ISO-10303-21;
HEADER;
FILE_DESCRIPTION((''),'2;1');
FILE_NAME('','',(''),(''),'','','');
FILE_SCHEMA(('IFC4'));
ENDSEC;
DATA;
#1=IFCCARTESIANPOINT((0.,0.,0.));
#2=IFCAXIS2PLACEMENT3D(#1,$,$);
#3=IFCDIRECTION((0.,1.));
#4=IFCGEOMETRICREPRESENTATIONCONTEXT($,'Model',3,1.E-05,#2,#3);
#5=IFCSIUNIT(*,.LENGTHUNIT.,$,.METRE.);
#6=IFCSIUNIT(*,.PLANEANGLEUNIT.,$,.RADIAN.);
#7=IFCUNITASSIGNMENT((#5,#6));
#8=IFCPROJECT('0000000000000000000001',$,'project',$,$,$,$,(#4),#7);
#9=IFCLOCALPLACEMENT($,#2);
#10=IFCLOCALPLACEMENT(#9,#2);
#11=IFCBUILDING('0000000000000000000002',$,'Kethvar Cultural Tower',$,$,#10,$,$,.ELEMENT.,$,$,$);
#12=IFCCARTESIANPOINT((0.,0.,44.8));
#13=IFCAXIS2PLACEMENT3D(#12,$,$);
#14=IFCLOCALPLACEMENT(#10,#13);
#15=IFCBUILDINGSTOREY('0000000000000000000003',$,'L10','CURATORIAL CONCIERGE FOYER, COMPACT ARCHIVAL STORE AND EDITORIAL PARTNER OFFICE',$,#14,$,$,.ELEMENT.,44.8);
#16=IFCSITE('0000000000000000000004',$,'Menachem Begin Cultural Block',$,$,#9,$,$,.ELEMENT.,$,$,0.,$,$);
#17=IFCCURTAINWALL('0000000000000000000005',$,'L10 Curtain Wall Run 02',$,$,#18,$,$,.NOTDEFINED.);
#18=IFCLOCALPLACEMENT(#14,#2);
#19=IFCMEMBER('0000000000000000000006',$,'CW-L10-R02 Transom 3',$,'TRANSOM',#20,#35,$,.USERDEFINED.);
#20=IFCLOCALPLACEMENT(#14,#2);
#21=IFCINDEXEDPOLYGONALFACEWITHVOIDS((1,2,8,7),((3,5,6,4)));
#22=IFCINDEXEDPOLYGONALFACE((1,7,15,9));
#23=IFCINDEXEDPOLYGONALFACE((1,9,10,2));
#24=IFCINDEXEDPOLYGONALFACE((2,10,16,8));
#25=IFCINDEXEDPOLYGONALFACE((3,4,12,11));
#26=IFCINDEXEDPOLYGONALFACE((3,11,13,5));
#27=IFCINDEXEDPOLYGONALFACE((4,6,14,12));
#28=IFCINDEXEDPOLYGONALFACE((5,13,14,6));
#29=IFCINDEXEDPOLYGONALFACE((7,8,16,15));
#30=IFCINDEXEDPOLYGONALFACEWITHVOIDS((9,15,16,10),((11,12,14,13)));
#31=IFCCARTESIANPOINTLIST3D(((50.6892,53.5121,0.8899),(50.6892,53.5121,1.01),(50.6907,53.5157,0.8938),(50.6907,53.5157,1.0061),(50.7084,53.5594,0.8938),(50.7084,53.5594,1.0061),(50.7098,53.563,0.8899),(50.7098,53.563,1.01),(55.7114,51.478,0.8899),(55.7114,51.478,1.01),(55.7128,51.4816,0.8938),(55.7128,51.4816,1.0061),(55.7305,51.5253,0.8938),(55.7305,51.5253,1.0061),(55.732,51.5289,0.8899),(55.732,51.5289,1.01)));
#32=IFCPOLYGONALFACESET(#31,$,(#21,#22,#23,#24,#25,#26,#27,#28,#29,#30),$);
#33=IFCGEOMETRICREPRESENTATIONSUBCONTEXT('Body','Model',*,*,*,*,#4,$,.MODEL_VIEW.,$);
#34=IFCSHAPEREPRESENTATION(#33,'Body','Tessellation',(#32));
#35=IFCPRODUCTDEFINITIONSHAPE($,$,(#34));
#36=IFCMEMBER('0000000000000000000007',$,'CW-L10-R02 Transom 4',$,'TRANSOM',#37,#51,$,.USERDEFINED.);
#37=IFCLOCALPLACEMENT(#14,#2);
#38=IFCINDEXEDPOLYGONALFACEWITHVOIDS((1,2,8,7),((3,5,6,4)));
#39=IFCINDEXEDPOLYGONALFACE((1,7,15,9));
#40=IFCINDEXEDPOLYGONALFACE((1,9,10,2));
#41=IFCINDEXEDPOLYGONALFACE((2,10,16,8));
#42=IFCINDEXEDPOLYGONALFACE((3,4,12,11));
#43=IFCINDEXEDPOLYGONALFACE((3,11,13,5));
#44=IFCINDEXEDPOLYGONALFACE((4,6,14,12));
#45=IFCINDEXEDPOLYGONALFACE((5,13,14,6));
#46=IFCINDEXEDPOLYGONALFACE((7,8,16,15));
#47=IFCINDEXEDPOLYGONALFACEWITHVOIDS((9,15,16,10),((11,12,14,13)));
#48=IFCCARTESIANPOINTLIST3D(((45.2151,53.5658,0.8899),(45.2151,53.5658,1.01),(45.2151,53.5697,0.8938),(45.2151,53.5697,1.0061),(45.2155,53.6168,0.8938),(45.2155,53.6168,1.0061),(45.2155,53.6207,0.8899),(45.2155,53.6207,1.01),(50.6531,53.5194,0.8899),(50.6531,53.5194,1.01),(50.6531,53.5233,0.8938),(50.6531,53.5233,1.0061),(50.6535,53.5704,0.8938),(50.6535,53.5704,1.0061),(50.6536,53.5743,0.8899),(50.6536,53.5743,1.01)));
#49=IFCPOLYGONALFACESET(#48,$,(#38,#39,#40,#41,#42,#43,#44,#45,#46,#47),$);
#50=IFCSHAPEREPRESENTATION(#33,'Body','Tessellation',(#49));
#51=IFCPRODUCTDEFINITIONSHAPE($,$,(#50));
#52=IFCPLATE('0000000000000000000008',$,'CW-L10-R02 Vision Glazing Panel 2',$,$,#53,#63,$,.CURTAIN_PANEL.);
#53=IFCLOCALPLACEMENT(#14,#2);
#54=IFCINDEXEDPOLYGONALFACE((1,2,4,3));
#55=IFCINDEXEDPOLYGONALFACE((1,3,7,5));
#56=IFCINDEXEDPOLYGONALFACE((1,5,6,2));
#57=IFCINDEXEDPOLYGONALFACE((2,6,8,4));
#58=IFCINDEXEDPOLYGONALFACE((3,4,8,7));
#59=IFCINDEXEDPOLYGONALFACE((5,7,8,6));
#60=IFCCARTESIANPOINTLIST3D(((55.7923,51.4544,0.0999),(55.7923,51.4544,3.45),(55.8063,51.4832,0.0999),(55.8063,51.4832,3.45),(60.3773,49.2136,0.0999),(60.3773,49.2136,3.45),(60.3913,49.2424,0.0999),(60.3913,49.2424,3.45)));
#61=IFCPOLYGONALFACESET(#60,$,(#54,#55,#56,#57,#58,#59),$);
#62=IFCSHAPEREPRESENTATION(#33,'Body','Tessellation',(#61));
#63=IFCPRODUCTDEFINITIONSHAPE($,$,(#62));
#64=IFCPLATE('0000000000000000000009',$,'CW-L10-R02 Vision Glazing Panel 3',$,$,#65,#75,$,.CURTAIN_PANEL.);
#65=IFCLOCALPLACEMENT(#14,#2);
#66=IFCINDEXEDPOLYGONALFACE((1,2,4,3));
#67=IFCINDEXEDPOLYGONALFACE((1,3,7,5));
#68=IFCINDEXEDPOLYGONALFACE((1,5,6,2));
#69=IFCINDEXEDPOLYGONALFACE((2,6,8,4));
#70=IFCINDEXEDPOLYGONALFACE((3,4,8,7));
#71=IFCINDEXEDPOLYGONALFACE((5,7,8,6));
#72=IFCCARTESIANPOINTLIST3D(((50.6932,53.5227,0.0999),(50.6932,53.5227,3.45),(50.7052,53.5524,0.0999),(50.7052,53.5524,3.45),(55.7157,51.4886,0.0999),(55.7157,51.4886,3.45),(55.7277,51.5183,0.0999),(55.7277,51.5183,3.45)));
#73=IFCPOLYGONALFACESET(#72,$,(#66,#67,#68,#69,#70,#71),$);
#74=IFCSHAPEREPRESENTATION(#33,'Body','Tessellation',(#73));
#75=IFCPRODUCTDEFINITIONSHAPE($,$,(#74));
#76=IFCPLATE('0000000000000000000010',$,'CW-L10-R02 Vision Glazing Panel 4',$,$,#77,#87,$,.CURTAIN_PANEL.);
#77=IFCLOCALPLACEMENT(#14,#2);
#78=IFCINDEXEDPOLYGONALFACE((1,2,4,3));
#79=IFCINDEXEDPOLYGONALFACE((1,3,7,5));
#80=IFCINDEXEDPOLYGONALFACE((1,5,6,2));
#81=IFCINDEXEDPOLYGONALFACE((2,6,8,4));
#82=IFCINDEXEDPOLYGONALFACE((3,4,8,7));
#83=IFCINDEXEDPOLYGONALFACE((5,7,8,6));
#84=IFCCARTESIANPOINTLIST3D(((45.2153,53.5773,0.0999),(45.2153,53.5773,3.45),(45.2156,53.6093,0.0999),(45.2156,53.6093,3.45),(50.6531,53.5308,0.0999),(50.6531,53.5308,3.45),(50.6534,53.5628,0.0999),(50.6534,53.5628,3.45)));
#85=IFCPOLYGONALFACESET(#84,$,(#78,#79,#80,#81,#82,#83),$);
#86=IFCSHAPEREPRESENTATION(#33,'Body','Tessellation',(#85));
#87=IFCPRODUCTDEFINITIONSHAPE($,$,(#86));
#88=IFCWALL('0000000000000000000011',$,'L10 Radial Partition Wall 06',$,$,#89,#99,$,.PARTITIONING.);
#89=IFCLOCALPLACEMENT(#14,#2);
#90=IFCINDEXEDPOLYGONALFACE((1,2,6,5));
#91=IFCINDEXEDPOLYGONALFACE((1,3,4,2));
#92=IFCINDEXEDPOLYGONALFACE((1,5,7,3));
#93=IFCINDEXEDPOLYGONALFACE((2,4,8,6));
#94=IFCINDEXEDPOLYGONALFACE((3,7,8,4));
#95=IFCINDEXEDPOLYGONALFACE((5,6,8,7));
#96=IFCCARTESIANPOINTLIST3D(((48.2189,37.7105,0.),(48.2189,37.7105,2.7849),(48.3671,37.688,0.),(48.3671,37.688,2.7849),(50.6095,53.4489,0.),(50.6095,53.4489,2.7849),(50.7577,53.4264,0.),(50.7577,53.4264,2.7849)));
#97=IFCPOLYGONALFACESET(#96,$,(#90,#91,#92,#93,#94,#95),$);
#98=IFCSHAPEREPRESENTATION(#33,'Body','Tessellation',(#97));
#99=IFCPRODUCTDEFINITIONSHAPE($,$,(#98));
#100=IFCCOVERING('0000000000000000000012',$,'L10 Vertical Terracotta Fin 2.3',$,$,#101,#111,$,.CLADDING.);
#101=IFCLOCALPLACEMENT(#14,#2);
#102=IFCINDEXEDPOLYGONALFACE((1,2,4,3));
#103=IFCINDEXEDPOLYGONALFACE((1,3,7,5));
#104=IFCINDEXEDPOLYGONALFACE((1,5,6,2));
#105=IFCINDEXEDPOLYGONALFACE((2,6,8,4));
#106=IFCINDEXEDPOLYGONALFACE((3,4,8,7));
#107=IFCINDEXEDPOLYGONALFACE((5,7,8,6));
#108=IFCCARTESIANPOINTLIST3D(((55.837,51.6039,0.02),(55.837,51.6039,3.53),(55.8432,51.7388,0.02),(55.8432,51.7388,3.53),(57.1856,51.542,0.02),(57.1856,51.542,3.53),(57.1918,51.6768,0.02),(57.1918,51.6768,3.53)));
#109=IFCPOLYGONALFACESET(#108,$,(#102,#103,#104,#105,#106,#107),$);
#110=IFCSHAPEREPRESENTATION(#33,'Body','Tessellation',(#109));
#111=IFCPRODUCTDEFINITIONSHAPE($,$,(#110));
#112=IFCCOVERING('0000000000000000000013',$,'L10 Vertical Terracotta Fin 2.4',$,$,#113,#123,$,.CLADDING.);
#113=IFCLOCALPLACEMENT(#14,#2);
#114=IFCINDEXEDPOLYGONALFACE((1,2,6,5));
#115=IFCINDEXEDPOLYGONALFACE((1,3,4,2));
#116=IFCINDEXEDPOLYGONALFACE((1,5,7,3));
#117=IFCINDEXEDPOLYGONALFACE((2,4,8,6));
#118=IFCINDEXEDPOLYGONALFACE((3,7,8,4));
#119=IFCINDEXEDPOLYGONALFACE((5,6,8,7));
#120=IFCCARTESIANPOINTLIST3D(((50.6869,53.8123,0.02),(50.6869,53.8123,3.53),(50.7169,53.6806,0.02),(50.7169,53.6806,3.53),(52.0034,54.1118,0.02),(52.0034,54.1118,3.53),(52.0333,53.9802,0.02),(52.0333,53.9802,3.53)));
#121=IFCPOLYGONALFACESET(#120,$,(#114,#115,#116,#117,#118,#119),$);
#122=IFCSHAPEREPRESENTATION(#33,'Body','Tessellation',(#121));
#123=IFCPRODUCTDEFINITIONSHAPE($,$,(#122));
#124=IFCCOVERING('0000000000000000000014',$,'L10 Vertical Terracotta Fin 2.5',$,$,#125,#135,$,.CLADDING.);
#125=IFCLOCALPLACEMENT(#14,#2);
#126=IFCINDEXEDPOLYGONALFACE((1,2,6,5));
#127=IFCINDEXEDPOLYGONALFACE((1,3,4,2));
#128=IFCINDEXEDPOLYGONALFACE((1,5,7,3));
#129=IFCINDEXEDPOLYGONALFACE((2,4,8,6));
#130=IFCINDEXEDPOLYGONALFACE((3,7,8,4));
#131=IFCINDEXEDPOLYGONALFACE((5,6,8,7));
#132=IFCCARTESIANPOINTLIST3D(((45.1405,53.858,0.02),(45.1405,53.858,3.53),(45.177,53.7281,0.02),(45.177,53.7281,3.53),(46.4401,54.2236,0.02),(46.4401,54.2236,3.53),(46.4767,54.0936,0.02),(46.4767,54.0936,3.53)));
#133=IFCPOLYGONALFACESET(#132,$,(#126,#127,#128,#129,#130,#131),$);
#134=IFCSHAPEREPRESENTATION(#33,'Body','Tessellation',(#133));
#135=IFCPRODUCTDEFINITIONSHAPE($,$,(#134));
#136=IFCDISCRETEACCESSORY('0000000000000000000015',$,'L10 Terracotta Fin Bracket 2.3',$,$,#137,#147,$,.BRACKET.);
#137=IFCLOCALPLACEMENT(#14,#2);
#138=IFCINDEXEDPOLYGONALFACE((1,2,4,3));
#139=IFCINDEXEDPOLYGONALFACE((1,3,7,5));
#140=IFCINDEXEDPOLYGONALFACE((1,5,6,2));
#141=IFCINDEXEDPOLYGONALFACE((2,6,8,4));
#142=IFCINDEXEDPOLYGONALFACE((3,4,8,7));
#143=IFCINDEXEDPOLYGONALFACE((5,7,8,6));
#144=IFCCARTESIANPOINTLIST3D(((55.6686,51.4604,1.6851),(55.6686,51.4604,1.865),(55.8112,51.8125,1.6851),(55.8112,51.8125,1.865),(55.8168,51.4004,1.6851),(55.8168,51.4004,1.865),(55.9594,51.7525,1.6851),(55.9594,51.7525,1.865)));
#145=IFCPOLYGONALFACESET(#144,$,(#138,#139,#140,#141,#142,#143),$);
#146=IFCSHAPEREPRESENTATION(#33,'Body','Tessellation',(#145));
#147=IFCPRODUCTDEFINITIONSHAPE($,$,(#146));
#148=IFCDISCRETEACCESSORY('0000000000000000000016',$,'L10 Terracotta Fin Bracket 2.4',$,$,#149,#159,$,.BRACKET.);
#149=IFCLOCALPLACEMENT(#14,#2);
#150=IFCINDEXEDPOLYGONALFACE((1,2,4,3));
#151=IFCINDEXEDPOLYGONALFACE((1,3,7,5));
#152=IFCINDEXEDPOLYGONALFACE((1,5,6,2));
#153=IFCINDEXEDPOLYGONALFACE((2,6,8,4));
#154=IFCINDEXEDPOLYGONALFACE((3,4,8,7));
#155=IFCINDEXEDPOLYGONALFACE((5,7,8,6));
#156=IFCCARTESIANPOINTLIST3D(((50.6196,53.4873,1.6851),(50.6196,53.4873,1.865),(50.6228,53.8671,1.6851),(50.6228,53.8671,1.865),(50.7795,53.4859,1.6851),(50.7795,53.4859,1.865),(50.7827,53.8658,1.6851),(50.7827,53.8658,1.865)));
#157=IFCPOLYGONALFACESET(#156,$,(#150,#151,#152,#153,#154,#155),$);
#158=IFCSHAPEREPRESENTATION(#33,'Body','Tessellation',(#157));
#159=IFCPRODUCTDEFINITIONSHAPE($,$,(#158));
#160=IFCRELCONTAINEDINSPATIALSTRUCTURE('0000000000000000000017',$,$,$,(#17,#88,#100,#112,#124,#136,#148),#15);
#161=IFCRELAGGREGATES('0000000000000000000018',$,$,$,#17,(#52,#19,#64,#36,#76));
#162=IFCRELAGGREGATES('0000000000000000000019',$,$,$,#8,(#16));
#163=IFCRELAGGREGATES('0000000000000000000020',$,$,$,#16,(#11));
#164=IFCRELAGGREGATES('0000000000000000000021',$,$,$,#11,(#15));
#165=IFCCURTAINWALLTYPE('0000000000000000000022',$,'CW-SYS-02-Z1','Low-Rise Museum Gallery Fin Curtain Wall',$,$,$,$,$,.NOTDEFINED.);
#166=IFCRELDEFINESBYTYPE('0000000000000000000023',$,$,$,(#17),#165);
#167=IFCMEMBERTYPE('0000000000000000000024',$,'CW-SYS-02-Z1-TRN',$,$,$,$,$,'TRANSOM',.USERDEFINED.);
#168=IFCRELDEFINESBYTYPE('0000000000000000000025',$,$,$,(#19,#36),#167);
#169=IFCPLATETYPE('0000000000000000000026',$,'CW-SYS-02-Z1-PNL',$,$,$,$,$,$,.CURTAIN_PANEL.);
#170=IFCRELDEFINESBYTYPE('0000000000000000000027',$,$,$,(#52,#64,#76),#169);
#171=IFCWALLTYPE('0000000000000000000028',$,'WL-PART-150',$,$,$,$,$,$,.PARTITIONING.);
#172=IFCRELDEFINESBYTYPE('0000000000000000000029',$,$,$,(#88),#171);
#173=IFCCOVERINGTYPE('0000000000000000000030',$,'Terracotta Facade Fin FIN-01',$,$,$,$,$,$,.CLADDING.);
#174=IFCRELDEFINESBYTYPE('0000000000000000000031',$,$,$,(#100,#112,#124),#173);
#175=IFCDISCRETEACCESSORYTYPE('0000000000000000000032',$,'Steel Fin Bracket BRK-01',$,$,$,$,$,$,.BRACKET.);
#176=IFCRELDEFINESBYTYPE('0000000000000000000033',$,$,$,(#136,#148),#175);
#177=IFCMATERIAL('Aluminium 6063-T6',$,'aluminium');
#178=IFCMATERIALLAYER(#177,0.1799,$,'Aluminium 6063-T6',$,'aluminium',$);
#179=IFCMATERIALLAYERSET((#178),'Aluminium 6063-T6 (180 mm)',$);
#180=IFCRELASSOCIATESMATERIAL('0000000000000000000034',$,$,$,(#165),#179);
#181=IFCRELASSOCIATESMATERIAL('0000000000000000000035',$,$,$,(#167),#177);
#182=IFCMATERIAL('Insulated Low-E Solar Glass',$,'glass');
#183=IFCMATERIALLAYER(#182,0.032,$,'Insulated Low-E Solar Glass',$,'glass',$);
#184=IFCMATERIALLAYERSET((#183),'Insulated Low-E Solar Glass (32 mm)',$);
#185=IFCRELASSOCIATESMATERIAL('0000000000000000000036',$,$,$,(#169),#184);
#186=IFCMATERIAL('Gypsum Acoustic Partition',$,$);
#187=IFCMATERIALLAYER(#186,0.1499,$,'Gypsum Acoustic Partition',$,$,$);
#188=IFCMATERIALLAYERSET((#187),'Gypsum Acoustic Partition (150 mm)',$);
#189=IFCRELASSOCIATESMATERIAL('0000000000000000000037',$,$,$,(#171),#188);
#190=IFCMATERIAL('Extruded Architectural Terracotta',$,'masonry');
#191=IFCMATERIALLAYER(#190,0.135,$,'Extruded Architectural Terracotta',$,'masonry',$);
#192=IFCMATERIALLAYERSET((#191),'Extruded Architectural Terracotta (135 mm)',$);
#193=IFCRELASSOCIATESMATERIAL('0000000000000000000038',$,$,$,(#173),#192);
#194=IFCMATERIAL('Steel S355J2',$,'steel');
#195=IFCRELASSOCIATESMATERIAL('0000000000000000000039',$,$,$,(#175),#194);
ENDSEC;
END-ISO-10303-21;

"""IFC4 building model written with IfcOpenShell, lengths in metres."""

from ifc_helpers import new_model, si_unit, direction, frame, frame_2d, origin, origin_2d, place, context, subcontext, project, spatial, rectangle, hollow_rectangle, extrude, source, transform, mapped, material, layer, layer_set, material_profile, profile_set, type_object, element, aggregate, save


model = new_model("IFC4")

# Units and contexts
model_context = context("Model", 3, precision=1e-05, world=origin(), true_north=direction((0.0, 1.0)))
body_context = subcontext(model_context, "Body", "Model", "MODEL_VIEW")
ifc_project = project(units=[si_unit("LENGTHUNIT", "METRE"), si_unit("PLANEANGLEUNIT", "RADIAN")], contexts=[model_context])

# Site, building, storey
site_placement = place(None, origin())
site = spatial("IfcSite", under=ifc_project, at=site_placement, Name="Menachem Begin Cultural Block", CompositionType="ELEMENT", RefElevation=0.0)
building_placement = place(site_placement, origin())
building = spatial("IfcBuilding", under=site, at=building_placement, Name="Kethvar Cultural Tower", CompositionType="ELEMENT")
storey_placement = place(building_placement, frame((0.0, 0.0, 44.8)))
storey = spatial("IfcBuildingStorey", under=building, at=storey_placement, Name="L10", Description="CURATORIAL CONCIERGE FOYER, COMPACT ARCHIVAL STORE AND EDITORIAL PARTNER OFFICE", CompositionType="ELEMENT", Elevation=44.8)

# Shared definitions
ifc_material_1 = material(Name="Steel S355J2", Category="steel")

# Curtain wall, members, plates
ifc_material_2 = material(Name="Aluminium 6063-T6", Category="aluminium")
ifc_layer_1 = layer(ifc_material_2, 0.1799, Name="Aluminium 6063-T6", Category="aluminium")
ifc_layer_set_1 = layer_set([ifc_layer_1], Name="Aluminium 6063-T6 (180 mm)")
curtain_wall_type = type_object("IfcCurtainWallType", Name="CW-SYS-02-Z1", Description="Low-Rise Museum Gallery Fin Curtain Wall", PredefinedType="NOTDEFINED", material=ifc_layer_set_1)
curtain_wall_placement = place(storey_placement, origin())
curtain_wall = element("IfcCurtainWall", 1, at=curtain_wall_placement, inside=storey, type_object=curtain_wall_type, Name="L10 Curtain Wall Run 02", PredefinedType="NOTDEFINED")
ifc_material_profile_1 = material_profile(ifc_material_2, hollow_rectangle(XDim=0.0549, YDim=0.1201, WallThickness=0.0039, at=origin_2d()), Name="Aluminium 6063-T6 — RHS120x55x4")
ifc_profile_set_1 = profile_set([ifc_material_profile_1], Name="Aluminium 6063-T6 — RHS120x55x4")
member_type_1 = type_object("IfcMemberType", Name="CW-SYS-02-Z1-TRN", ElementType="TRANSOM", PredefinedType="USERDEFINED", material=ifc_profile_set_1)
shared_shape_1 = source(origin(), body_context, "Body", "SweptSolid", [
    extrude(hollow_rectangle(XDim=0.0549, YDim=0.1201, WallThickness=0.0039, at=origin_2d()), origin(), (0.0, 0.0, 1.0), 5.4185),
])
member_1_placement = place(storey_placement, frame((55.7217, 51.5034, 0.95), z_axis=(-0.926858, 0.375411, 0.0), x_axis=(-0.375411, -0.926858, 0.0)))
member_1 = element("IfcMember", 2, at=member_1_placement, type_object=member_type_1, Name="CW-L10-R02 Transom 3", ObjectType="TRANSOM", PredefinedType="USERDEFINED", context=body_context, shape_type="MappedRepresentation", body=[
    mapped(shared_shape_1, transform((0.0, 0.0, 0.0), scale=1.0)),
])
shared_shape_2 = source(origin(), body_context, "Body", "SweptSolid", [
    extrude(hollow_rectangle(XDim=0.0549, YDim=0.1201, WallThickness=0.0039, at=origin_2d()), origin(), (0.0, 0.0, 1.0), 5.4382),
])
member_2_placement = place(storey_placement, frame((50.6533, 53.5469, 0.95), z_axis=(-0.999964, 0.00853, 0.0), x_axis=(-0.00853, -0.999964, 0.0)))
member_2 = element("IfcMember", 3, at=member_2_placement, type_object=member_type_1, Name="CW-L10-R02 Transom 4", ObjectType="TRANSOM", PredefinedType="USERDEFINED", context=body_context, shape_type="MappedRepresentation", body=[
    mapped(shared_shape_2, transform((0.0, 0.0, 0.0), scale=1.0)),
])
ifc_material_3 = material(Name="Insulated Low-E Solar Glass", Category="glass")
ifc_layer_2 = layer(ifc_material_3, 0.032, Name="Insulated Low-E Solar Glass", Category="glass")
ifc_layer_set_2 = layer_set([ifc_layer_2], Name="Insulated Low-E Solar Glass (32 mm)")
plate_type = type_object("IfcPlateType", Name="CW-SYS-02-Z1-PNL", PredefinedType="CURTAIN_PANEL", material=ifc_layer_set_2)
shared_shape_3 = source(origin(), body_context, "Body", "SweptSolid", [
    extrude(rectangle(XDim=5.1033, YDim=0.032, at=origin_2d()), origin(), (0.0, 0.0, 1.0), 3.3501),
])
plate_1_placement = place(storey_placement, frame((58.0918, 50.3484, 0.0999), z_axis=(0.0, 0.0, 1.0), x_axis=(-0.898442, 0.439093, 0.0)))
plate_1 = element("IfcPlate", 4, at=plate_1_placement, type_object=plate_type, Name="CW-L10-R02 Vision Glazing Panel 2", PredefinedType="CURTAIN_PANEL", context=body_context, shape_type="MappedRepresentation", body=[
    mapped(shared_shape_3, transform((0.0, 0.0, 0.0), scale=1.0)),
])
shared_shape_4 = source(origin(), body_context, "Body", "SweptSolid", [
    extrude(rectangle(XDim=5.4187, YDim=0.032, at=origin_2d()), origin(), (0.0, 0.0, 1.0), 3.3501),
])
plate_2_placement = place(storey_placement, frame((53.2104, 52.5205, 0.0999), z_axis=(0.0, 0.0, 1.0), x_axis=(-0.92687, 0.375383, 0.0)))
plate_2 = element("IfcPlate", 5, at=plate_2_placement, type_object=plate_type, Name="CW-L10-R02 Vision Glazing Panel 3", PredefinedType="CURTAIN_PANEL", context=body_context, shape_type="MappedRepresentation", body=[
    mapped(shared_shape_4, transform((0.0, 0.0, 0.0), scale=1.0)),
])
shared_shape_5 = source(origin(), body_context, "Body", "SweptSolid", [
    extrude(rectangle(XDim=5.438, YDim=0.032, at=origin_2d()), origin(), (0.0, 0.0, 1.0), 3.3501),
])
plate_3_placement = place(storey_placement, frame((47.9343, 53.5701, 0.0999), z_axis=(0.0, 0.0, 1.0), x_axis=(-0.999963, 0.008552, 0.0)))
plate_3 = element("IfcPlate", 6, at=plate_3_placement, type_object=plate_type, Name="CW-L10-R02 Vision Glazing Panel 4", PredefinedType="CURTAIN_PANEL", context=body_context, shape_type="MappedRepresentation", body=[
    mapped(shared_shape_5, transform((0.0, 0.0, 0.0), scale=1.0)),
])
aggregate(curtain_wall, [plate_1, member_1, plate_2, member_2, plate_3])

# Wall
ifc_material_4 = material(Name="Gypsum Acoustic Partition")
ifc_layer_3 = layer(ifc_material_4, 0.1499, Name="Gypsum Acoustic Partition")
ifc_layer_set_3 = layer_set([ifc_layer_3], Name="Gypsum Acoustic Partition (150 mm)")
wall_type_1 = type_object("IfcWallType", Name="WL-PART-150", PredefinedType="PARTITIONING", material=ifc_layer_set_3)
wall_1_placement = place(storey_placement, frame((48.293, 37.6992, 0.0), z_axis=(0.0, 0.0, 1.0), x_axis=(0.150174, 0.98866, 0.0)))
element("IfcWall", 7, at=wall_1_placement, inside=storey, type_object=wall_type_1, Name="L10 Radial Partition Wall 06", PredefinedType="PARTITIONING", context=body_context, shape_type="SweptSolid", body=[
    extrude(rectangle(XDim=15.9189, YDim=0.1499, at=frame_2d((7.9595, 0.0))), origin(), (0.0, 0.0, 1.0), 2.7849),
])

# Coverings
ifc_material_5 = material(Name="Extruded Architectural Terracotta", Category="masonry")
ifc_layer_4 = layer(ifc_material_5, 0.135, Name="Extruded Architectural Terracotta", Category="masonry")
ifc_layer_set_4 = layer_set([ifc_layer_4], Name="Extruded Architectural Terracotta (135 mm)")
covering_type = type_object("IfcCoveringType", Name="Terracotta Facade Fin FIN-01", PredefinedType="CLADDING", material=ifc_layer_set_4)
shared_shape_6 = source(origin(), body_context, "Body", "SweptSolid", [
    extrude(rectangle(XDim=1.3501, YDim=0.135, at=origin_2d()), origin(), (0.0, 0.0, 1.0), 3.51),
])
for number, where, z_axis, x_axis, name in (
    (8, (56.5144, 51.6404, 0.02), (0.0, 0.0, 1.0), (0.998947, -0.045886, 0.0), "L10 Vertical Terracotta Fin 2.3"),
    (9, (51.3601, 53.8962, 0.02), (0.0, 0.0, 1.0), (0.975072, 0.221889, 0.0), "L10 Vertical Terracotta Fin 2.4"),
    (10, (45.8086, 53.9758, 0.02), (0.0, 0.0, 1.0), (0.962645, 0.270768, 0.0), "L10 Vertical Terracotta Fin 2.5"),
):
    element("IfcCovering", number, at=place(storey_placement, frame(where, z_axis=z_axis, x_axis=x_axis)), inside=storey, type_object=covering_type, Name=name, PredefinedType="CLADDING", context=body_context, shape_type="MappedRepresentation", body=[
        mapped(shared_shape_6, transform((0.0, 0.0, 0.0), scale=1.0)),
    ])

# Discrete accessories
discrete_accessory_type = type_object("IfcDiscreteAccessoryType", Name="Steel Fin Bracket BRK-01", PredefinedType="BRACKET", material=ifc_material_1)
shared_shape_7 = source(origin(), body_context, "Body", "SweptSolid", [
    extrude(rectangle(XDim=0.3799, YDim=0.1599, at=origin_2d()), origin(), (0.0, 0.0, 1.0), 0.1799),
])
for number, where, z_axis, x_axis, name in (
    (11, (55.814, 51.6064, 1.6851), (0.0, 0.0, 1.0), (0.375416, 0.926857, 0.0), "L10 Terracotta Fin Bracket 2.3"),
    (12, (50.7012, 53.6765, 1.6851), (0.0, 0.0, 1.0), (0.008552, 0.999963, 0.0), "L10 Terracotta Fin Bracket 2.4"),
):
    element("IfcDiscreteAccessory", number, at=place(storey_placement, frame(where, z_axis=z_axis, x_axis=x_axis)), inside=storey, type_object=discrete_accessory_type, Name=name, PredefinedType="BRACKET", context=body_context, shape_type="MappedRepresentation", body=[
        mapped(shared_shape_7, transform((0.0, 0.0, 0.0), scale=1.0)),
    ])

save(model, "model.ifc")
